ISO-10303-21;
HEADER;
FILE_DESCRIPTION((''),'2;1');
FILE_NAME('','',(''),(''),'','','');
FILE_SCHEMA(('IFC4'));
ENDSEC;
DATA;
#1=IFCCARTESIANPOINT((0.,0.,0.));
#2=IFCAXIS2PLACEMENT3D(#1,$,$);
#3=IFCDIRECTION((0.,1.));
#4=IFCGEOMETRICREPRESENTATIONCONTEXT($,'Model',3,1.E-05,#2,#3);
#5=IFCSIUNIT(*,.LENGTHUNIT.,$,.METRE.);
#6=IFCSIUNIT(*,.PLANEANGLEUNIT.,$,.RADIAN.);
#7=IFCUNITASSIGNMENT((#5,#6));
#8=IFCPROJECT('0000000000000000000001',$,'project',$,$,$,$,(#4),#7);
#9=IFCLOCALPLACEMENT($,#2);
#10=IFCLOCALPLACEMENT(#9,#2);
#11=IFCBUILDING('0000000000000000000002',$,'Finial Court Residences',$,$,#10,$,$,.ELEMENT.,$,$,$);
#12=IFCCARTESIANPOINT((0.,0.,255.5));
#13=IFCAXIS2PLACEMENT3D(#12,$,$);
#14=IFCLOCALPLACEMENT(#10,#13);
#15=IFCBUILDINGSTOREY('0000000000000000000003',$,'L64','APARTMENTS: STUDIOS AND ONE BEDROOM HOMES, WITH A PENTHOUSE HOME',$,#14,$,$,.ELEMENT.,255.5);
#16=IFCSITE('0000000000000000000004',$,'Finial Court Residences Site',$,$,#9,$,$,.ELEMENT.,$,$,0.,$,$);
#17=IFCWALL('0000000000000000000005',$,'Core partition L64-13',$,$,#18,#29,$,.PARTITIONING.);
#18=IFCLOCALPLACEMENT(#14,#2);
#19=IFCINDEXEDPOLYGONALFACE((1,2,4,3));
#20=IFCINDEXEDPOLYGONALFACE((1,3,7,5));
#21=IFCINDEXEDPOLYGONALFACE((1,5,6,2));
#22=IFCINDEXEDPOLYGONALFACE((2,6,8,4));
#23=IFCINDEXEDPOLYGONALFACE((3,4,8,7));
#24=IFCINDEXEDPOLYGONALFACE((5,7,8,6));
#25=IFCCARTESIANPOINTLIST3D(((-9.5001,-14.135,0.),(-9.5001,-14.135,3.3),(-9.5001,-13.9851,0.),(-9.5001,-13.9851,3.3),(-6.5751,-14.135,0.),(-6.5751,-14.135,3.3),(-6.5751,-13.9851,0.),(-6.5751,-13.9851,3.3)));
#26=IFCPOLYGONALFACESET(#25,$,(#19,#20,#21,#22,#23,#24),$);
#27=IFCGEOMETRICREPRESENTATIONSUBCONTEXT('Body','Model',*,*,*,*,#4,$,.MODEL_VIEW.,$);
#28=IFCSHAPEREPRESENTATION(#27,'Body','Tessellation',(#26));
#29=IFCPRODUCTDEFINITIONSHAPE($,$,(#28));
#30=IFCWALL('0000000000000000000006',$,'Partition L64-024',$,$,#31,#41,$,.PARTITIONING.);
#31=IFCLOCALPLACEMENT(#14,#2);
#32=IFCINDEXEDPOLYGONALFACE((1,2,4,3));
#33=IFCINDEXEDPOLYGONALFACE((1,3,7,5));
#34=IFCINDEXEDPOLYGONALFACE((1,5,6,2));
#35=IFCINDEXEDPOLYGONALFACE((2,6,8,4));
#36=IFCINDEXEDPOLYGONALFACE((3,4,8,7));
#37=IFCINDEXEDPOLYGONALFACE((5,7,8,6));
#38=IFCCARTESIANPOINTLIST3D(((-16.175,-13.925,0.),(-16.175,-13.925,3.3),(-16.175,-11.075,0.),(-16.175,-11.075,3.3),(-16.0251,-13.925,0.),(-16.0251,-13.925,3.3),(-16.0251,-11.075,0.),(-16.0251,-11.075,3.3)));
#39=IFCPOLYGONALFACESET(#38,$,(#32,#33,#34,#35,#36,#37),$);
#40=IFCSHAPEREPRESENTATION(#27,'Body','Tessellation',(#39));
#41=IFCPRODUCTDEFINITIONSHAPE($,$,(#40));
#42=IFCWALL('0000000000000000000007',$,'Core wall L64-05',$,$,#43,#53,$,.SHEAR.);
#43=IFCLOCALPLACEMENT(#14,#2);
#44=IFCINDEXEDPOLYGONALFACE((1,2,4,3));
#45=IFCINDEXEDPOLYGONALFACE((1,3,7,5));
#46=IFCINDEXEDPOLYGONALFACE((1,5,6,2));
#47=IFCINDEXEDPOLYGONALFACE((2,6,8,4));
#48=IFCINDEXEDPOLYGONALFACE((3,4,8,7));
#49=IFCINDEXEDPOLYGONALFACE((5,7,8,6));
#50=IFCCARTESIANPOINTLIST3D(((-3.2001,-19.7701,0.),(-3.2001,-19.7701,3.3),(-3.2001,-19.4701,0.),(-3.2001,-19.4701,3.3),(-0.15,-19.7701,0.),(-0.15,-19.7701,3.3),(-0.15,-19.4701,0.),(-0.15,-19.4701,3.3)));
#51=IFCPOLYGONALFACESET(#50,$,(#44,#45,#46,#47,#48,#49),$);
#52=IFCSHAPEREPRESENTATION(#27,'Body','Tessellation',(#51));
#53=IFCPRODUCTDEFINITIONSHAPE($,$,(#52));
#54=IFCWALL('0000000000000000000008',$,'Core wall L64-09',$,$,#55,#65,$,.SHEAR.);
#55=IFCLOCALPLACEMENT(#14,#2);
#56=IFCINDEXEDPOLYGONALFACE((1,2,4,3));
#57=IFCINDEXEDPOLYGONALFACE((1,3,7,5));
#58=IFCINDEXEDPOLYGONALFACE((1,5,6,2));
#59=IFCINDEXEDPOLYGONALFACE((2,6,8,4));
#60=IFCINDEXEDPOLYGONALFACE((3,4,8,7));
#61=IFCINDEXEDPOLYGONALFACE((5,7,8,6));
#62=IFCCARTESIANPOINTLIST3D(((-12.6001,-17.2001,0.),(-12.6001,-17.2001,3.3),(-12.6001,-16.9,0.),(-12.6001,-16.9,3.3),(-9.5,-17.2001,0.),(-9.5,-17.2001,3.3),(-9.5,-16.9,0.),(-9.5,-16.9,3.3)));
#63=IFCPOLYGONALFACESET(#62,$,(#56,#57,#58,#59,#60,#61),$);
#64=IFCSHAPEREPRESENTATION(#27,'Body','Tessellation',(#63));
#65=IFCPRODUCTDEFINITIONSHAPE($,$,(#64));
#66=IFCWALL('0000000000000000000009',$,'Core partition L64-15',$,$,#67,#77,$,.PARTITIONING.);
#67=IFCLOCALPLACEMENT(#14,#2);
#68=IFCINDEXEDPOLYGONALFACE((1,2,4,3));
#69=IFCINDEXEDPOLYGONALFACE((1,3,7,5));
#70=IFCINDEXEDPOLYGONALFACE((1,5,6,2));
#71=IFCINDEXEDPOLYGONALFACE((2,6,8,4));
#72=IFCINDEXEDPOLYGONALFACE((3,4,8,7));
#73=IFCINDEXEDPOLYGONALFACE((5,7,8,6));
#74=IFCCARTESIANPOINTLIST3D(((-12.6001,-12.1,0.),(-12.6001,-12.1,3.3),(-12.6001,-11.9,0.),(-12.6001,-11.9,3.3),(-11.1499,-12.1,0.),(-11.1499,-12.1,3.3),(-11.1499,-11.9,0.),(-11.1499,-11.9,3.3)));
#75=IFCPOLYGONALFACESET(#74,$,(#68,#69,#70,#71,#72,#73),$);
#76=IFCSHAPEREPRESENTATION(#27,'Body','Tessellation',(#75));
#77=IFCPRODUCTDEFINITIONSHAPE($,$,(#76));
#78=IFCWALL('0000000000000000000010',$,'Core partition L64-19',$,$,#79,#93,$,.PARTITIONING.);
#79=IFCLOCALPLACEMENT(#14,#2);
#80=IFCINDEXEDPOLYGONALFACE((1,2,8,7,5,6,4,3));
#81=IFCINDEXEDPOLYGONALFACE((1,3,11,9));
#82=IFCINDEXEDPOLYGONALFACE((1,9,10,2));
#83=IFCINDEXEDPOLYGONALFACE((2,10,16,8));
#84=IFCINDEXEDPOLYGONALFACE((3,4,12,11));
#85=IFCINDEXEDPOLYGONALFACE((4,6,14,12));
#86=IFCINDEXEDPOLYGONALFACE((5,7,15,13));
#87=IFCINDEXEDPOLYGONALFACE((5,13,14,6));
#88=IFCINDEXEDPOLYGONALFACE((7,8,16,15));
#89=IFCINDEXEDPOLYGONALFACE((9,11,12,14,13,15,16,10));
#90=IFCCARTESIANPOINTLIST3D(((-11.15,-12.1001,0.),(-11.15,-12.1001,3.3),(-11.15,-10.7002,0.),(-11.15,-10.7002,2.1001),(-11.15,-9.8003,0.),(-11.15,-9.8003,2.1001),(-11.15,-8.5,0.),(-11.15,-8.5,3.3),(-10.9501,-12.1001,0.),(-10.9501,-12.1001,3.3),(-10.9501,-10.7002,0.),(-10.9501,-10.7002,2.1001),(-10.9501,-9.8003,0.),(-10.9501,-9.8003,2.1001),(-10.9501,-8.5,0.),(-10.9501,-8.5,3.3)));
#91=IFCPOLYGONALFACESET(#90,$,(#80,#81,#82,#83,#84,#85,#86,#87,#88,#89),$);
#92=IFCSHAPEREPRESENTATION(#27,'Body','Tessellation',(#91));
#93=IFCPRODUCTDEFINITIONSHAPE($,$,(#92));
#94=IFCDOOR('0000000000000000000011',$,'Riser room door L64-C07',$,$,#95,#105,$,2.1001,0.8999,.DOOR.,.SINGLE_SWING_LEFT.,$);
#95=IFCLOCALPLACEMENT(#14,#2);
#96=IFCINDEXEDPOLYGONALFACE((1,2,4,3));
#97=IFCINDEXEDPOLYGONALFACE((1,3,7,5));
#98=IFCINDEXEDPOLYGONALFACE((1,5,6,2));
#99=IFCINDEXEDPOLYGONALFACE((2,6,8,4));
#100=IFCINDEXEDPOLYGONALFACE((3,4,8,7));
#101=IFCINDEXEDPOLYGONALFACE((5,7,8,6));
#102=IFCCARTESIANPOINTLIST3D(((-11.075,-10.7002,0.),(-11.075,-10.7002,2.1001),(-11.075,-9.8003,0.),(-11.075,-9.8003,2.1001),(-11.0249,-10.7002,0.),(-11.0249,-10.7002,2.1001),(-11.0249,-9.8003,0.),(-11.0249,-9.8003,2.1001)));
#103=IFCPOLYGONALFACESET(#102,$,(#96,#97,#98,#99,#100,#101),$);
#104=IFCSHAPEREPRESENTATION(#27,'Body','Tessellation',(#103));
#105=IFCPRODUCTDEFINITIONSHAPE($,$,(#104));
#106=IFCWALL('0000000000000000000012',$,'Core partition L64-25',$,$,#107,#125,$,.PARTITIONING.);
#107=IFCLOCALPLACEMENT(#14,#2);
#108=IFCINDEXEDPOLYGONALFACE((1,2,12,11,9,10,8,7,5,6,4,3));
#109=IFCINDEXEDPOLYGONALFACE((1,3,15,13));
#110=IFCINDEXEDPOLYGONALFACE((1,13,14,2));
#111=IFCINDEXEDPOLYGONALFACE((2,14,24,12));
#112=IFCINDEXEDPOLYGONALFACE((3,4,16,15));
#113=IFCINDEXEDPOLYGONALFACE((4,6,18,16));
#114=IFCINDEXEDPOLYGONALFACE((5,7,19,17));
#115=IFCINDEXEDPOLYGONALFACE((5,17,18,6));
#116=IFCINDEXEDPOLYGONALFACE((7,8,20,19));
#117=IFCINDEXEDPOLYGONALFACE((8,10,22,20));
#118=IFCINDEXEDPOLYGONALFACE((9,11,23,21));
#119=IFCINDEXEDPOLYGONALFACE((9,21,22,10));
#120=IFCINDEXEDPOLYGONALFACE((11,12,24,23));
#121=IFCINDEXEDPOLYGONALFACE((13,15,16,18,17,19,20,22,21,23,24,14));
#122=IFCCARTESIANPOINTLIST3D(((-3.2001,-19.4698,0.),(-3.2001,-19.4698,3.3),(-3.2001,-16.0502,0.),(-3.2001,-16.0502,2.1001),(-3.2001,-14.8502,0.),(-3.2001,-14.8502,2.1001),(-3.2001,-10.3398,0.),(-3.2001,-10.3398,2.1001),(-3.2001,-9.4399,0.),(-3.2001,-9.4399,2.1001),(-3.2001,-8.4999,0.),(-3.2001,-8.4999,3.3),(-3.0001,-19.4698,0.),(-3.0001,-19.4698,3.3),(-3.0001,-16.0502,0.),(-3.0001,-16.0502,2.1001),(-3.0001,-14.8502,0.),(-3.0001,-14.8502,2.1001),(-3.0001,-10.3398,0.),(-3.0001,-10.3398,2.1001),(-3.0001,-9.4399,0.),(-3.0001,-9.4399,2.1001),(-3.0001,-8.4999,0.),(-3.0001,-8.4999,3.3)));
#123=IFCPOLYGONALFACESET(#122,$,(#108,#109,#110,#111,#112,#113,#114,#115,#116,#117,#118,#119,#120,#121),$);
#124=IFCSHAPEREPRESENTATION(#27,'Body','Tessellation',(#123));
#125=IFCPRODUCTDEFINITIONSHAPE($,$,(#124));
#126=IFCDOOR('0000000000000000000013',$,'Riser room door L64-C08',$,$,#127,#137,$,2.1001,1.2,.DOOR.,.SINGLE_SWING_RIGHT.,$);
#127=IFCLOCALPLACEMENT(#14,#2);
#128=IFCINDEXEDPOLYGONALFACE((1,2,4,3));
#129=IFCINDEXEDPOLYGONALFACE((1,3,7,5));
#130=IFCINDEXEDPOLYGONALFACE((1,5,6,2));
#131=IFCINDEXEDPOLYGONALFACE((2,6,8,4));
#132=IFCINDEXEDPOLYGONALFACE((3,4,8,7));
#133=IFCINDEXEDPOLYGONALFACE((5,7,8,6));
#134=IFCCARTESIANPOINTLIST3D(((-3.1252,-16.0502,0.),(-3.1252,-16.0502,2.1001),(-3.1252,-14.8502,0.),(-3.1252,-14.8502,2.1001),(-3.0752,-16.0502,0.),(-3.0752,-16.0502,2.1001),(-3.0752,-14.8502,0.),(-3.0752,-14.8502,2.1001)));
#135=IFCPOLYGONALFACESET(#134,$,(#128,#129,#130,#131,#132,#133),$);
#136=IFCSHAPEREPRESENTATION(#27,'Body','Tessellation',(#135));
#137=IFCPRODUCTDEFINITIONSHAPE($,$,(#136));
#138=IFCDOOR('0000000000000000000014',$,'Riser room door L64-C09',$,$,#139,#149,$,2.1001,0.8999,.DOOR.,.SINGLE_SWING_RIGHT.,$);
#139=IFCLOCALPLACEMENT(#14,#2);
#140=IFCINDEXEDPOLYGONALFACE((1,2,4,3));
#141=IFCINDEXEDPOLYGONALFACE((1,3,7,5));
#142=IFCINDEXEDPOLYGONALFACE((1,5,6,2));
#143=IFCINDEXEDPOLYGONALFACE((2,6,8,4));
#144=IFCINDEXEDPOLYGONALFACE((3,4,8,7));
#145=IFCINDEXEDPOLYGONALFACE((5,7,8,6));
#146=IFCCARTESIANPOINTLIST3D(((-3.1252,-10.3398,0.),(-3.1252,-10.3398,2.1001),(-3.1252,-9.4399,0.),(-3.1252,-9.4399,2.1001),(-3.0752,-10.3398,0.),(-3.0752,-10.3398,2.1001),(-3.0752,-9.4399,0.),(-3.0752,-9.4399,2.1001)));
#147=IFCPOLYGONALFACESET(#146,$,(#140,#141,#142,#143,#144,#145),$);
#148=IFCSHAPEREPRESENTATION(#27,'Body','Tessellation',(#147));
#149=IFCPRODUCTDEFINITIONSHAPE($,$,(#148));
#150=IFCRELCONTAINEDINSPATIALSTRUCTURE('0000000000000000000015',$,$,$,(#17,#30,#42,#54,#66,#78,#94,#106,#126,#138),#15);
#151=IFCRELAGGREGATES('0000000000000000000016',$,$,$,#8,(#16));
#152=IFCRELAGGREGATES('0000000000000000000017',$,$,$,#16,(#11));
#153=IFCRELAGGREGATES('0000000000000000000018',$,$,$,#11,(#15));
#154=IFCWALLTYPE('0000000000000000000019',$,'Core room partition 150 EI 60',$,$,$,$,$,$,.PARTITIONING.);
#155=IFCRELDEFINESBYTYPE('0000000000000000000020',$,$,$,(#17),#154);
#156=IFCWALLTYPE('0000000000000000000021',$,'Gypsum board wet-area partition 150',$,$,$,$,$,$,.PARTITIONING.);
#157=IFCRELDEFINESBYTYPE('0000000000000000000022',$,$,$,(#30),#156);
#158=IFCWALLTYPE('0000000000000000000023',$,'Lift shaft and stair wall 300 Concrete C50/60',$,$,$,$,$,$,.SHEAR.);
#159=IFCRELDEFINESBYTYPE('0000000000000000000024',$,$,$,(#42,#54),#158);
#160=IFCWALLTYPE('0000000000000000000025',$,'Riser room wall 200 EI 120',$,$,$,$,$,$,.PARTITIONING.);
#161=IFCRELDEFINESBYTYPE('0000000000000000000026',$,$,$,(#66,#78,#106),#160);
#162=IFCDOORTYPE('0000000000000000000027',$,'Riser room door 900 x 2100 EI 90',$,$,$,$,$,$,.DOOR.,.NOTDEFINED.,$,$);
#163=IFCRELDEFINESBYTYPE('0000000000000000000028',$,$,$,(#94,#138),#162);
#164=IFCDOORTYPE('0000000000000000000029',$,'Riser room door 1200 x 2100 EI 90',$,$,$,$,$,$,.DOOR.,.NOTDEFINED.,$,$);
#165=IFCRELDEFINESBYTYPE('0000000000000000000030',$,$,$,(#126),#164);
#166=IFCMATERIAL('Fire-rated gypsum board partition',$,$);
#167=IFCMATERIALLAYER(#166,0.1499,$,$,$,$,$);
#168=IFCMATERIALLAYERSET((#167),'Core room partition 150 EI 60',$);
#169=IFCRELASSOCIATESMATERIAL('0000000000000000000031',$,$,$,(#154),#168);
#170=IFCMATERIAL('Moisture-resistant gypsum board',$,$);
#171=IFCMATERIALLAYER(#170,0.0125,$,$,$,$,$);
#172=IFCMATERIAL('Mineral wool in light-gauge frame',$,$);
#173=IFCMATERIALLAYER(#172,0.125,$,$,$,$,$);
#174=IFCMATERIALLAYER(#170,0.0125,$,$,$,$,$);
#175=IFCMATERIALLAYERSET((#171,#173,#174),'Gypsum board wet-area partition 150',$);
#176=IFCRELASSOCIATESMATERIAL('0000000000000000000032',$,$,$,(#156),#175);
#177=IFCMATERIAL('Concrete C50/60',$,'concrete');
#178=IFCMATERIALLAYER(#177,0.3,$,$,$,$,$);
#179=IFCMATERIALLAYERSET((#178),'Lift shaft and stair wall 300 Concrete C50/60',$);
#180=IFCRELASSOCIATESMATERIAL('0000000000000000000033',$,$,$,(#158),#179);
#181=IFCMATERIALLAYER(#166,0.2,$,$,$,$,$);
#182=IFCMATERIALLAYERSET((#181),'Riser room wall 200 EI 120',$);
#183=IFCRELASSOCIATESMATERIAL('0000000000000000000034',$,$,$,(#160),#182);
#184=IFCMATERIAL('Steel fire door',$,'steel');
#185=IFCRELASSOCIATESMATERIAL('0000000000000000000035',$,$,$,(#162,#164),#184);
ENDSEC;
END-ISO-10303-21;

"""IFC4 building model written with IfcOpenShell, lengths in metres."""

from ifc_helpers import new_model, si_unit, direction, frame, frame_2d, origin, place, context, subcontext, project, spatial, rectangle, extrude, material, layer, layer_set, type_object, element, fill, save


model = new_model("IFC4")

# Units and contexts
model_context = context("Model", 3, precision=1e-05, world=origin(), true_north=direction((0.0, 1.0)))
body_context = subcontext(model_context, "Body", "Model", "MODEL_VIEW")
ifc_project = project(units=[si_unit("LENGTHUNIT", "METRE"), si_unit("PLANEANGLEUNIT", "RADIAN")], contexts=[model_context])

# Site, building, storey
site_placement = place(None, origin())
site = spatial("IfcSite", under=ifc_project, at=site_placement, Name="Finial Court Residences Site", CompositionType="ELEMENT", RefElevation=0.0)
building_placement = place(site_placement, origin())
building = spatial("IfcBuilding", under=site, at=building_placement, Name="Finial Court Residences", CompositionType="ELEMENT")
storey_placement = place(building_placement, frame((0.0, 0.0, 255.5)))
storey = spatial("IfcBuildingStorey", under=building, at=storey_placement, Name="L64", Description="APARTMENTS: STUDIOS AND ONE BEDROOM HOMES, WITH A PENTHOUSE HOME", CompositionType="ELEMENT", Elevation=255.5)

# Walls
ifc_material_1 = material(Name="Fire-rated gypsum board partition")
ifc_layer_1 = layer(ifc_material_1, 0.1499)
ifc_layer_set_1 = layer_set([ifc_layer_1], Name="Core room partition 150 EI 60")
wall_type_1 = type_object("IfcWallType", Name="Core room partition 150 EI 60", PredefinedType="PARTITIONING", material=ifc_layer_set_1)
wall_1_placement = place(storey_placement, frame((-9.5, -14.0601, 0.0), z_axis=(0.0, 0.0, 1.0), x_axis=(1.0, 0.0, 0.0)))
element("IfcWall", 1, at=wall_1_placement, inside=storey, type_object=wall_type_1, Name="Core partition L64-13", PredefinedType="PARTITIONING", context=body_context, shape_type="SweptSolid", body=[
    extrude(rectangle(XDim=2.925, YDim=0.1499, at=frame_2d((1.4624, 0.0))), origin(), (0.0, 0.0, 1.0), 3.3),
])
ifc_material_2 = material(Name="Moisture-resistant gypsum board")
ifc_layer_2 = layer(ifc_material_2, 0.0125)
ifc_material_3 = material(Name="Mineral wool in light-gauge frame")
ifc_layer_3 = layer(ifc_material_3, 0.125)
ifc_layer_4 = layer(ifc_material_2, 0.0125)
ifc_layer_set_2 = layer_set([ifc_layer_2, ifc_layer_3, ifc_layer_4], Name="Gypsum board wet-area partition 150")
wall_type_2 = type_object("IfcWallType", Name="Gypsum board wet-area partition 150", PredefinedType="PARTITIONING", material=ifc_layer_set_2)
wall_2_placement = place(storey_placement, frame((-16.1001, -13.925, 0.0), z_axis=(0.0, 0.0, 1.0), x_axis=(0.0, 1.0, 0.0)))
element("IfcWall", 2, at=wall_2_placement, inside=storey, type_object=wall_type_2, Name="Partition L64-024", PredefinedType="PARTITIONING", context=body_context, shape_type="SweptSolid", body=[
    extrude(rectangle(XDim=2.8501, YDim=0.1499, at=frame_2d((1.425, 0.0))), origin(), (0.0, 0.0, 1.0), 3.3),
])
ifc_material_4 = material(Name="Concrete C50/60", Category="concrete")
ifc_layer_5 = layer(ifc_material_4, 0.3)
ifc_layer_set_3 = layer_set([ifc_layer_5], Name="Lift shaft and stair wall 300 Concrete C50/60")
wall_type_3 = type_object("IfcWallType", Name="Lift shaft and stair wall 300 Concrete C50/60", PredefinedType="SHEAR", material=ifc_layer_set_3)
wall_3_placement = place(storey_placement, frame((-3.2, -19.6201, 0.0), z_axis=(0.0, 0.0, 1.0), x_axis=(1.0, 0.0, 0.0)))
element("IfcWall", 3, at=wall_3_placement, inside=storey, type_object=wall_type_3, Name="Core wall L64-05", PredefinedType="SHEAR", context=body_context, shape_type="SweptSolid", body=[
    extrude(rectangle(XDim=3.05, YDim=0.3, at=frame_2d((1.5249, 0.0))), origin(), (0.0, 0.0, 1.0), 3.3),
])
wall_4_placement = place(storey_placement, frame((-12.6001, -17.05, 0.0), z_axis=(0.0, 0.0, 1.0), x_axis=(1.0, 0.0, 0.0)))
element("IfcWall", 4, at=wall_4_placement, inside=storey, type_object=wall_type_3, Name="Core wall L64-09", PredefinedType="SHEAR", context=body_context, shape_type="SweptSolid", body=[
    extrude(rectangle(XDim=3.1001, YDim=0.3, at=frame_2d((1.55, 0.0))), origin(), (0.0, 0.0, 1.0), 3.3),
])
ifc_layer_6 = layer(ifc_material_1, 0.2)
ifc_layer_set_4 = layer_set([ifc_layer_6], Name="Riser room wall 200 EI 120")
wall_type_4 = type_object("IfcWallType", Name="Riser room wall 200 EI 120", PredefinedType="PARTITIONING", material=ifc_layer_set_4)
wall_5_placement = place(storey_placement, frame((-12.6001, -12.0, 0.0), z_axis=(0.0, 0.0, 1.0), x_axis=(1.0, 0.0, 0.0)))
element("IfcWall", 5, at=wall_5_placement, inside=storey, type_object=wall_type_4, Name="Core partition L64-15", PredefinedType="PARTITIONING", context=body_context, shape_type="SweptSolid", body=[
    extrude(rectangle(XDim=1.4502, YDim=0.2, at=frame_2d((0.7251, 0.0))), origin(), (0.0, 0.0, 1.0), 3.3),
])

# Wall, opening, door
wall_6_placement = place(storey_placement, frame((-11.05, -12.1001, 0.0), z_axis=(0.0, 0.0, 1.0), x_axis=(0.0, 1.0, 0.0)))
wall_6 = element("IfcWall", 6, at=wall_6_placement, inside=storey, type_object=wall_type_4, Name="Core partition L64-19", PredefinedType="PARTITIONING", context=body_context, shape_type="SweptSolid", body=[
    extrude(rectangle(XDim=3.6001, YDim=0.2, at=frame_2d((1.8, 0.0))), origin(), (0.0, 0.0, 1.0), 3.3),
])
opening_1_placement = place(wall_6_placement, frame((1.3999, 0.0, 0.0)))
opening_1 = element("IfcOpeningElement", 7, at=opening_1_placement, cuts=wall_6, PredefinedType="OPENING", context=body_context, shape_type="SweptSolid", body=[
    extrude(rectangle(XDim=0.8999, YDim=2.1001, at=frame_2d((0.45, 1.05))), frame((0.0, 0.1099, 0.0), z_axis=(0.0, -1.0, 0.0), x_axis=(1.0, 0.0, 0.0)), (0.0, 0.0, 1.0), 0.22),
])
ifc_material_5 = material(Name="Steel fire door", Category="steel")
door_type_1 = type_object("IfcDoorType", Name="Riser room door 900 x 2100 EI 90", OperationType="NOTDEFINED", PredefinedType="DOOR", material=ifc_material_5)
door_1_placement = place(opening_1_placement, origin())
door_1 = element("IfcDoor", 8, at=door_1_placement, inside=storey, type_object=door_type_1, Name="Riser room door L64-C07", OperationType="SINGLE_SWING_LEFT", OverallHeight=2.1001, OverallWidth=0.8999, PredefinedType="DOOR", context=body_context, shape_type="SweptSolid", body=[
    extrude(rectangle(XDim=0.8999, YDim=2.1001, at=frame_2d((0.45, 1.05))), frame((0.0, 0.0249, 0.0), z_axis=(0.0, -1.0, 0.0), x_axis=(1.0, 0.0, 0.0)), (0.0, 0.0, 1.0), 0.05),
])
fill(opening_1, door_1)

# Wall, openings, doors
wall_7_placement = place(storey_placement, frame((-3.1001, -8.5, 0.0), z_axis=(0.0, 0.0, 1.0), x_axis=(0.0, -1.0, 0.0)))
wall_7 = element("IfcWall", 9, at=wall_7_placement, inside=storey, type_object=wall_type_4, Name="Core partition L64-25", PredefinedType="PARTITIONING", context=body_context, shape_type="SweptSolid", body=[
    extrude(rectangle(XDim=10.97, YDim=0.2, at=frame_2d((5.4849, 0.0))), origin(), (0.0, 0.0, 1.0), 3.3),
])
opening_2_placement = place(wall_7_placement, frame((6.3501, 0.0, 0.0)))
opening_2 = element("IfcOpeningElement", 10, at=opening_2_placement, cuts=wall_7, PredefinedType="OPENING", context=body_context, shape_type="SweptSolid", body=[
    extrude(rectangle(XDim=1.2, YDim=2.1001, at=frame_2d((0.6001, 1.05))), frame((0.0, 0.1099, 0.0), z_axis=(0.0, -1.0, 0.0), x_axis=(1.0, 0.0, 0.0)), (0.0, 0.0, 1.0), 0.22),
])
opening_3_placement = place(wall_7_placement, frame((0.9399, 0.0, 0.0)))
opening_3 = element("IfcOpeningElement", 11, at=opening_3_placement, cuts=wall_7, PredefinedType="OPENING", context=body_context, shape_type="SweptSolid", body=[
    extrude(rectangle(XDim=0.8999, YDim=2.1001, at=frame_2d((0.45, 1.05))), frame((0.0, 0.1099, 0.0), z_axis=(0.0, -1.0, 0.0), x_axis=(1.0, 0.0, 0.0)), (0.0, 0.0, 1.0), 0.22),
])
door_type_2 = type_object("IfcDoorType", Name="Riser room door 1200 x 2100 EI 90", OperationType="NOTDEFINED", PredefinedType="DOOR", material=ifc_material_5)
door_2_placement = place(opening_2_placement, origin())
door_2 = element("IfcDoor", 12, at=door_2_placement, inside=storey, type_object=door_type_2, Name="Riser room door L64-C08", OperationType="SINGLE_SWING_RIGHT", OverallHeight=2.1001, OverallWidth=1.2, PredefinedType="DOOR", context=body_context, shape_type="SweptSolid", body=[
    extrude(rectangle(XDim=1.2, YDim=2.1001, at=frame_2d((0.6001, 1.05))), frame((0.0, 0.0249, 0.0), z_axis=(0.0, -1.0, 0.0), x_axis=(1.0, 0.0, 0.0)), (0.0, 0.0, 1.0), 0.05),
])
fill(opening_2, door_2)
door_3_placement = place(opening_3_placement, origin())
door_3 = element("IfcDoor", 13, at=door_3_placement, inside=storey, type_object=door_type_1, Name="Riser room door L64-C09", OperationType="SINGLE_SWING_RIGHT", OverallHeight=2.1001, OverallWidth=0.8999, PredefinedType="DOOR", context=body_context, shape_type="SweptSolid", body=[
    extrude(rectangle(XDim=0.8999, YDim=2.1001, at=frame_2d((0.45, 1.05))), frame((0.0, 0.0249, 0.0), z_axis=(0.0, -1.0, 0.0), x_axis=(1.0, 0.0, 0.0)), (0.0, 0.0, 1.0), 0.05),
])
fill(opening_3, door_3)

save(model, "model.ifc")
